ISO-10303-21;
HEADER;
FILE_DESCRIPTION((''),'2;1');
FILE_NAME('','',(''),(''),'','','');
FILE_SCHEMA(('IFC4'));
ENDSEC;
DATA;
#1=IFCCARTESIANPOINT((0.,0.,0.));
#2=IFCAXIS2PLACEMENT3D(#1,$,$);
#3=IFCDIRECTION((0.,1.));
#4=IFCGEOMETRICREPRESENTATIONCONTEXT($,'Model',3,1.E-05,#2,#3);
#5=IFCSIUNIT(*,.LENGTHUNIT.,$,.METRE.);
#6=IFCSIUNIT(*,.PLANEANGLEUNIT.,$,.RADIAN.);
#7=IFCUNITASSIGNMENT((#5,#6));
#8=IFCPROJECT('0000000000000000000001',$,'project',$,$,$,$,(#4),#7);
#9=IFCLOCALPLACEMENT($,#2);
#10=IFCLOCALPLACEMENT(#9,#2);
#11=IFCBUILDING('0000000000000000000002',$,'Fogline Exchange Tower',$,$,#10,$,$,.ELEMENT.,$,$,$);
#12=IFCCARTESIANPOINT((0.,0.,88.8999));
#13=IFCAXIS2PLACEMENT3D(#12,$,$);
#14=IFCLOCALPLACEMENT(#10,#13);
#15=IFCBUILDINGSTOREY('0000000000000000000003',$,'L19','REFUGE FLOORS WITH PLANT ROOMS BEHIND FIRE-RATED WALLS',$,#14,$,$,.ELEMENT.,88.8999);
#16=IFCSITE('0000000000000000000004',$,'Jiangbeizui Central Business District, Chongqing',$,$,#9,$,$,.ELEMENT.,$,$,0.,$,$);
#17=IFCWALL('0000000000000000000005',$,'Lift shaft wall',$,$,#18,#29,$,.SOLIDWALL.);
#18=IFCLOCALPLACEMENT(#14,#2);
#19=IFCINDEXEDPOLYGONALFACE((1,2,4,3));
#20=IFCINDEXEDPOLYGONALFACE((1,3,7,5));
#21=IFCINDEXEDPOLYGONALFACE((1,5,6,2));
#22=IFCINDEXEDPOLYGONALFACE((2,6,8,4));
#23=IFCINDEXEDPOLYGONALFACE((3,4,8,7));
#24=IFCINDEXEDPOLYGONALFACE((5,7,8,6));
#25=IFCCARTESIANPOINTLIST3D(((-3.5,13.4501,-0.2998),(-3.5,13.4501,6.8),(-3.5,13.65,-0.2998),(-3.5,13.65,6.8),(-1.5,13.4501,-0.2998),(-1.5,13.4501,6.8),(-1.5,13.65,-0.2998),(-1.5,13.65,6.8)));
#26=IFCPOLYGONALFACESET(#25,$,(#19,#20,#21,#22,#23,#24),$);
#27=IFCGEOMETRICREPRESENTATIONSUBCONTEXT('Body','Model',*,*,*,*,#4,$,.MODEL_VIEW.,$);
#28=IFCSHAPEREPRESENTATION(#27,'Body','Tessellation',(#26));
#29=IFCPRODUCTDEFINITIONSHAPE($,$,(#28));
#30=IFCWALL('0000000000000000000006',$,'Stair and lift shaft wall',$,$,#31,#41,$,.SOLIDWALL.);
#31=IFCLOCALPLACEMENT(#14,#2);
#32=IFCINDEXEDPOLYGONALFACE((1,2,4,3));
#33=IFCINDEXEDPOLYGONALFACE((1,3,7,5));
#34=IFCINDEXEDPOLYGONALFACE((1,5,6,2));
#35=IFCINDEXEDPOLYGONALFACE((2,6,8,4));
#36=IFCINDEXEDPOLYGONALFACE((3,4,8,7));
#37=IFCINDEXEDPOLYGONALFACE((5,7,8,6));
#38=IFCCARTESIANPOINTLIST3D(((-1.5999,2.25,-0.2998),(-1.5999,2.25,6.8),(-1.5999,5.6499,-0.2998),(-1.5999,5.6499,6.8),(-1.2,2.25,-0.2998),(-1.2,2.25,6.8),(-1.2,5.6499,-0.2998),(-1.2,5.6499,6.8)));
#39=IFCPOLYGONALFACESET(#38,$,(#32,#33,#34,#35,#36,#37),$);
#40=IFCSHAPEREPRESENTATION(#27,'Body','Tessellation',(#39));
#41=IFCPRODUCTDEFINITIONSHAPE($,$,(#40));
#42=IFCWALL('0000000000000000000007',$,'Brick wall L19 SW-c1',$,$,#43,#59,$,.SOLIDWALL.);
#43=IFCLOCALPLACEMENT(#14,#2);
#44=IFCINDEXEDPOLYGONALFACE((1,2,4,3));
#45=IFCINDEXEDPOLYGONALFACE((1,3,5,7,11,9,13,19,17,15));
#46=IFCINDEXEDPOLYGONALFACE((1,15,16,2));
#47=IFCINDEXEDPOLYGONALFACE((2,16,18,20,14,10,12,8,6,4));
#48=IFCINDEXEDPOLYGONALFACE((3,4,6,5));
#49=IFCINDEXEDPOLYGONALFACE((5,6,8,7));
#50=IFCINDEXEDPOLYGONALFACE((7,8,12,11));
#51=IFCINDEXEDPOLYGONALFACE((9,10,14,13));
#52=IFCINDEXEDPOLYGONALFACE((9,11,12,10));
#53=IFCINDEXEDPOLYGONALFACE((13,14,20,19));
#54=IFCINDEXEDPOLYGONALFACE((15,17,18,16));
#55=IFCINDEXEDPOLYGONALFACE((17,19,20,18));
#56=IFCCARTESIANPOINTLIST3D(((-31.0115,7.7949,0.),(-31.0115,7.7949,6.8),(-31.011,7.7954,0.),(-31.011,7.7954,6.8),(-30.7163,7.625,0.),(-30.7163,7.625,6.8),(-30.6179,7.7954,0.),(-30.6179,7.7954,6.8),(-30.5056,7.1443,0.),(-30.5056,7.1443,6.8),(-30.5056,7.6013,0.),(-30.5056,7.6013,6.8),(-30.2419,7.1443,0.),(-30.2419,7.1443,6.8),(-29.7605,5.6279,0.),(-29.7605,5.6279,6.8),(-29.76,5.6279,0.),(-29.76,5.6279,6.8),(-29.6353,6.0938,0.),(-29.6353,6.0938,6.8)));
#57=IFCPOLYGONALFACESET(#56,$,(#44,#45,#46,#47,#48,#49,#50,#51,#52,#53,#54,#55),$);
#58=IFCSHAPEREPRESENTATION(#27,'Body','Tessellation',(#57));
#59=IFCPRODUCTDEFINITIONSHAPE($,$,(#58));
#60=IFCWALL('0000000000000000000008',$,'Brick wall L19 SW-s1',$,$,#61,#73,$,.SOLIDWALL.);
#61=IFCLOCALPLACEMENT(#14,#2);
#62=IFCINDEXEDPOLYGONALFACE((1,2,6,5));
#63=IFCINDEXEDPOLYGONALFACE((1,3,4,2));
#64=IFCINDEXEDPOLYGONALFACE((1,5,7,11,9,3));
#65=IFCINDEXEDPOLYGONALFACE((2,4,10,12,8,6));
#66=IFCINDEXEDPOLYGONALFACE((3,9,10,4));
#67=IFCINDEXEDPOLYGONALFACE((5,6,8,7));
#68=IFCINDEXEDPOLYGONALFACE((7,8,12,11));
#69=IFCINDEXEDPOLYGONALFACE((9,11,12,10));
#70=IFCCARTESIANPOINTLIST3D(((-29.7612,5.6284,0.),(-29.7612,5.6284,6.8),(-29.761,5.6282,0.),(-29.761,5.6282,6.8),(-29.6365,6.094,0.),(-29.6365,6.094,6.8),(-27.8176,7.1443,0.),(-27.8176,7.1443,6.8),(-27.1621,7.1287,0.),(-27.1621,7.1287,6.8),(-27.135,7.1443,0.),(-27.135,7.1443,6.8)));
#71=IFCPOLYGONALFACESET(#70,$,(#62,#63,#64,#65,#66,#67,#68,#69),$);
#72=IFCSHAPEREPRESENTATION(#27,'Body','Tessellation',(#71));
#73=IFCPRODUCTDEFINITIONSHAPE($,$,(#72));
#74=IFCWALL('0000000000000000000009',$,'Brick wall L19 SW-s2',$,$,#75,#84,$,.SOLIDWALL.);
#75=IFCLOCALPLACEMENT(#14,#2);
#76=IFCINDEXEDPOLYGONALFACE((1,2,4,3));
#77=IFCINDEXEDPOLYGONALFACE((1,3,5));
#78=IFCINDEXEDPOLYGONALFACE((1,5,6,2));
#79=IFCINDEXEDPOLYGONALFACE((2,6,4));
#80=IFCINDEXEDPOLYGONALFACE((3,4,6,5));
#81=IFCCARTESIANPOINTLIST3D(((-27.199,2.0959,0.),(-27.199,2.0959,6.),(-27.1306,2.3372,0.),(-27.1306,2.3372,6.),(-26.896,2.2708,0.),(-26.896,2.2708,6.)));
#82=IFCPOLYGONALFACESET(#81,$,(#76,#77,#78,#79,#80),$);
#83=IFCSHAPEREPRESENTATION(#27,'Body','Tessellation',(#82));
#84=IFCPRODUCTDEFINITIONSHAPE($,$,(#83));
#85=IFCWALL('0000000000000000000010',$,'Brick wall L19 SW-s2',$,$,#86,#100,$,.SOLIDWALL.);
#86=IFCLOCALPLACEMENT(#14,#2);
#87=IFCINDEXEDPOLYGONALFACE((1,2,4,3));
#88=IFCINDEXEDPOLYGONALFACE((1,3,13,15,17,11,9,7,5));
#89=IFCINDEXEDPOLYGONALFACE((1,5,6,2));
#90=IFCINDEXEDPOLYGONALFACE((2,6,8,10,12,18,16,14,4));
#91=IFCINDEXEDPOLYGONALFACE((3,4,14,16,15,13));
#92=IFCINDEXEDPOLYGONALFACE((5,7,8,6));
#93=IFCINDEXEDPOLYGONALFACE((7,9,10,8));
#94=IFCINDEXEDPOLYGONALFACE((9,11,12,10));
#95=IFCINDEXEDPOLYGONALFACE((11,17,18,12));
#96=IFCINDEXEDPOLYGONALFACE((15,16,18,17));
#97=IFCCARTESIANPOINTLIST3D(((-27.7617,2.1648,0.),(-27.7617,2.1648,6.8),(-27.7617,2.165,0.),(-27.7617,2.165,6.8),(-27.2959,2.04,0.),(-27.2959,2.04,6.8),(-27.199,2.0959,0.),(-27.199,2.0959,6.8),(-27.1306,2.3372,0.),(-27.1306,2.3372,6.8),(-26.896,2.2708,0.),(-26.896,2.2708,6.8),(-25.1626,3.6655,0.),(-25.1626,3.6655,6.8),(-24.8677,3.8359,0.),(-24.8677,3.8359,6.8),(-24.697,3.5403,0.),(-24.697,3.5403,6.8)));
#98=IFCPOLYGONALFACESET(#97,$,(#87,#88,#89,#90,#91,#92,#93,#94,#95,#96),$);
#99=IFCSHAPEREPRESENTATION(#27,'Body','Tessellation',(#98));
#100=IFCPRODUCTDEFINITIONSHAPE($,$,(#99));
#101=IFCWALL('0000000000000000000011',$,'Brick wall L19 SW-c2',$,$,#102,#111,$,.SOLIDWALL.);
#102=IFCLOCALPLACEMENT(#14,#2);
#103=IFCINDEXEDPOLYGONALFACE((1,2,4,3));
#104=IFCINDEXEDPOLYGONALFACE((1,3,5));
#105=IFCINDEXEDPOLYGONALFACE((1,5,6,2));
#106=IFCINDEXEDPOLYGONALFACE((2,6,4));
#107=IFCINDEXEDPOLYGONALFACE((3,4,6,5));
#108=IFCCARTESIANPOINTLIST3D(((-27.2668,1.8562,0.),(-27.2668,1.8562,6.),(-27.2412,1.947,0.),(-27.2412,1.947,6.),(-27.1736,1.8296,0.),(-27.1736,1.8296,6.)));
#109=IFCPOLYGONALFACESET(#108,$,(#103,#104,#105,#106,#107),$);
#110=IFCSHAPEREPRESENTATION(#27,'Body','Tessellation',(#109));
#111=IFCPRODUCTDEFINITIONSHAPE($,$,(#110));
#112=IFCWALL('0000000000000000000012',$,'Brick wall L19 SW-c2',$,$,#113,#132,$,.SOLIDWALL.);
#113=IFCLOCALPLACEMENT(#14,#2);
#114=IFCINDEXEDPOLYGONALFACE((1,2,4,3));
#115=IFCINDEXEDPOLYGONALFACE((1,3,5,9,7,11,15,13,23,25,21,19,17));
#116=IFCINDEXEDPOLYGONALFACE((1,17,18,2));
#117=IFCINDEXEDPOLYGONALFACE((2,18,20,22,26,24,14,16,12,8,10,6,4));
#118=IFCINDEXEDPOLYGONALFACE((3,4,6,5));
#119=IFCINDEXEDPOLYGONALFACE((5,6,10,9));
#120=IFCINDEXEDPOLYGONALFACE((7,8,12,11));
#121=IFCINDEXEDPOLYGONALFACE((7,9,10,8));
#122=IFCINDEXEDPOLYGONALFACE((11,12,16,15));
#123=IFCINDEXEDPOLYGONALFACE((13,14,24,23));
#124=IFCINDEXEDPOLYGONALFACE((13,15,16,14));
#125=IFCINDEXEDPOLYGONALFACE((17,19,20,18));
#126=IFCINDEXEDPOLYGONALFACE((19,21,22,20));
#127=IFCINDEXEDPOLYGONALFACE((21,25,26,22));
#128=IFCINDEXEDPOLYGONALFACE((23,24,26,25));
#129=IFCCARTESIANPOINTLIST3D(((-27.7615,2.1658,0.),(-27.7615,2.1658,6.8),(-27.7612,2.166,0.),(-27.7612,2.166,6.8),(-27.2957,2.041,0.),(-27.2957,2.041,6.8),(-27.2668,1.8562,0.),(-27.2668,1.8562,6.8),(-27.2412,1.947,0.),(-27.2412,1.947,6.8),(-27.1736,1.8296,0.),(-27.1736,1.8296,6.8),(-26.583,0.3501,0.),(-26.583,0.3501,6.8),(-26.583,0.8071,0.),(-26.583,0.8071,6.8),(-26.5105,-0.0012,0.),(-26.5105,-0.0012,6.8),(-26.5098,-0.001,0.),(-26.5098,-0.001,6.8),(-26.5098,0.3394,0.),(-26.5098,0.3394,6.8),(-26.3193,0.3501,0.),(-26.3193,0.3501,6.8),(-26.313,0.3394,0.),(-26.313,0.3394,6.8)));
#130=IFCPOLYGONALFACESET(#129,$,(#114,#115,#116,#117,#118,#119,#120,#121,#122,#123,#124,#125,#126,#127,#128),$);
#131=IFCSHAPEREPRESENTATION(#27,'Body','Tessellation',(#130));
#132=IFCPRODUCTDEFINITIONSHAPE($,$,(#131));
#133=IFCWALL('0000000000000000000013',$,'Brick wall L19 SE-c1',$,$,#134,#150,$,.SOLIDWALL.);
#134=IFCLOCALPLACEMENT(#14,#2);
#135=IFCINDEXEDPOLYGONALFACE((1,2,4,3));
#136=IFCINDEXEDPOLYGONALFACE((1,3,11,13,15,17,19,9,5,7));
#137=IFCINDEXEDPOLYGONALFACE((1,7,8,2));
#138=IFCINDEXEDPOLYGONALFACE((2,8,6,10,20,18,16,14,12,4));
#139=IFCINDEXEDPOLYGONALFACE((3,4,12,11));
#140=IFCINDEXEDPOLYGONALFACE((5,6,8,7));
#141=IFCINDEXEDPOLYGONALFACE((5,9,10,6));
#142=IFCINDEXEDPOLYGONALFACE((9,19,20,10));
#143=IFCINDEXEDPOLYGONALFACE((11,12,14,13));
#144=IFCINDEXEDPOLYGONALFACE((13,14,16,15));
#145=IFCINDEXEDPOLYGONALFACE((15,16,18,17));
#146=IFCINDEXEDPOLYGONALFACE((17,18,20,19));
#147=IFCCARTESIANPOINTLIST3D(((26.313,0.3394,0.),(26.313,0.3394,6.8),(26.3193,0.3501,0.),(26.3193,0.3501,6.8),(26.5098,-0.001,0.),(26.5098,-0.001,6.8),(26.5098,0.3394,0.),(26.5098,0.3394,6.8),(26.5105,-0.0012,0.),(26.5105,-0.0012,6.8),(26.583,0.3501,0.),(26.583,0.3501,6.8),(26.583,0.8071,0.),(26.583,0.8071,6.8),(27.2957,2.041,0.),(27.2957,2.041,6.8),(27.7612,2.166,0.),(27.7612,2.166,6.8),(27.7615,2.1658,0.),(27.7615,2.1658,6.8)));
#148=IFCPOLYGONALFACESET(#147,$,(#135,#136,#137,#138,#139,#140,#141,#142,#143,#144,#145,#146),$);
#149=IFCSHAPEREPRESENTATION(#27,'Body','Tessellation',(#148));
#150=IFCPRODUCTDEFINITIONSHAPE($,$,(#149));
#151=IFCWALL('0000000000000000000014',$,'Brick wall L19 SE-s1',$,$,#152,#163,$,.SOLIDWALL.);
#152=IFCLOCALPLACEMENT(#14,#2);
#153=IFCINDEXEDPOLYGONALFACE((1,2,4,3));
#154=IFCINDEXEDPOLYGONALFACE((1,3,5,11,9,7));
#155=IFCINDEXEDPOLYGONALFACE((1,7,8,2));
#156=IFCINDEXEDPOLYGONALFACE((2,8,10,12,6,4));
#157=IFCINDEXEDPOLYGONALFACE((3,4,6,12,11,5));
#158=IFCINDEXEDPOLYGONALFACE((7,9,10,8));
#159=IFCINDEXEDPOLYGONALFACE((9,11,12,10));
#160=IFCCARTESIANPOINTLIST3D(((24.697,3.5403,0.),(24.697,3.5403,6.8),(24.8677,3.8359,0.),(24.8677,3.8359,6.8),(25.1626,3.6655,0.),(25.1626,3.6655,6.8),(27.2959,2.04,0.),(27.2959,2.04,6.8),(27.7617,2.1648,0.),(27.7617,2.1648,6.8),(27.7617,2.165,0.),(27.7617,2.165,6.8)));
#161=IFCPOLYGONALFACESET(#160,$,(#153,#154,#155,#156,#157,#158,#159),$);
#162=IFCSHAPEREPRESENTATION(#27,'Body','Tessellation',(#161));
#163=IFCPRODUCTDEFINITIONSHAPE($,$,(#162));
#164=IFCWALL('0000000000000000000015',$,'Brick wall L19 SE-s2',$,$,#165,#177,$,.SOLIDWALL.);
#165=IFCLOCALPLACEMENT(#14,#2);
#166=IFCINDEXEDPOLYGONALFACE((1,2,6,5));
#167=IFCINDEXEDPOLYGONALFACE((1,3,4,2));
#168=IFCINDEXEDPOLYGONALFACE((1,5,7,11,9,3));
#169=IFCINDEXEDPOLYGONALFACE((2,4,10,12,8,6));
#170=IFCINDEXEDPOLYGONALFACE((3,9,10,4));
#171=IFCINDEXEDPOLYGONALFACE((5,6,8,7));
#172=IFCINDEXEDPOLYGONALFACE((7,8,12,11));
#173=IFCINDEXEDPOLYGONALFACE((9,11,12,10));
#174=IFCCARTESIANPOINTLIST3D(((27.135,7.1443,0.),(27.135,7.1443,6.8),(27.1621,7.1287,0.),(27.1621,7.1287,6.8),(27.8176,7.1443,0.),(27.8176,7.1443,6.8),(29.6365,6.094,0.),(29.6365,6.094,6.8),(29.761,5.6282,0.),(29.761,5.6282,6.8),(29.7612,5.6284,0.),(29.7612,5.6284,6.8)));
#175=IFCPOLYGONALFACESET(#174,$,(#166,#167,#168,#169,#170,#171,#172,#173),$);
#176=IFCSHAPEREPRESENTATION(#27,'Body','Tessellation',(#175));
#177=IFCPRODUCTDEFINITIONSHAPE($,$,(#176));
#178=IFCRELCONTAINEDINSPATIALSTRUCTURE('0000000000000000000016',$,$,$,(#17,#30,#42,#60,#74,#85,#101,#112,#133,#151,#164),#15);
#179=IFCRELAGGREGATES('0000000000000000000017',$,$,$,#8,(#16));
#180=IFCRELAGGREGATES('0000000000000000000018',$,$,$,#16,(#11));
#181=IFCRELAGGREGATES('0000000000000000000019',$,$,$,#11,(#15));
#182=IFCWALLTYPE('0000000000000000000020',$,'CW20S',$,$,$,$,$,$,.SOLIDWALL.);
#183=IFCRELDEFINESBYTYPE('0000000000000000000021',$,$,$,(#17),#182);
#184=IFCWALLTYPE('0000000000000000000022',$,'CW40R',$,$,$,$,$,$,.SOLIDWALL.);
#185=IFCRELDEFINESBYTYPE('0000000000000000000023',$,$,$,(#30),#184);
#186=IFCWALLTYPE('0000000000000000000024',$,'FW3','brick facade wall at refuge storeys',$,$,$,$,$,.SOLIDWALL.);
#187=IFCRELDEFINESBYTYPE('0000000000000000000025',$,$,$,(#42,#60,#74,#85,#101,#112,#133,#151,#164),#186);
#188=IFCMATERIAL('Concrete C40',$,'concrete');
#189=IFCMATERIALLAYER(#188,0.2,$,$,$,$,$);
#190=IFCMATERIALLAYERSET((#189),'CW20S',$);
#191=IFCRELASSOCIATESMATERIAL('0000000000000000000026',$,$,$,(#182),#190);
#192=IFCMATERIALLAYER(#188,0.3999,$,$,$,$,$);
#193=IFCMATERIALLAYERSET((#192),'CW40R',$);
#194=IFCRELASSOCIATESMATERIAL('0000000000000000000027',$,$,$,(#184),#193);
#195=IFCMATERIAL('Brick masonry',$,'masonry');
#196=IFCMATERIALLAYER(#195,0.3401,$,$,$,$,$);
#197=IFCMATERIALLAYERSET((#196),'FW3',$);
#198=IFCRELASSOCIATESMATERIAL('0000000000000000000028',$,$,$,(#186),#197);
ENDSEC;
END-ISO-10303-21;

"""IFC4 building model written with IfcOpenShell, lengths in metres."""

from ifc_helpers import new_model, si_unit, direction, frame, frame_2d, origin, place, context, subcontext, project, spatial, polyline, rectangle, outline, extrude, material, layer, layer_set, type_object, element, save


model = new_model("IFC4")

# Units and contexts
model_context = context("Model", 3, precision=1e-05, world=origin(), true_north=direction((0.0, 1.0)))
body_context = subcontext(model_context, "Body", "Model", "MODEL_VIEW")
ifc_project = project(units=[si_unit("LENGTHUNIT", "METRE"), si_unit("PLANEANGLEUNIT", "RADIAN")], contexts=[model_context])

# Site, building, storey
site_placement = place(None, origin())
site = spatial("IfcSite", under=ifc_project, at=site_placement, Name="Jiangbeizui Central Business District, Chongqing", CompositionType="ELEMENT", RefElevation=0.0)
building_placement = place(site_placement, origin())
building = spatial("IfcBuilding", under=site, at=building_placement, Name="Fogline Exchange Tower", CompositionType="ELEMENT")
storey_placement = place(building_placement, frame((0.0, 0.0, 88.8999)))
storey = spatial("IfcBuildingStorey", under=building, at=storey_placement, Name="L19", Description="REFUGE FLOORS WITH PLANT ROOMS BEHIND FIRE-RATED WALLS", CompositionType="ELEMENT", Elevation=88.8999)

# Shared definitions
ifc_material_1 = material(Name="Concrete C40", Category="concrete")

# Shared definitions
ifc_layer_1 = layer(ifc_material_1, 0.2)
ifc_layer_set_1 = layer_set([ifc_layer_1], Name="CW20S")
wall_type_1 = type_object("IfcWallType", Name="CW20S", PredefinedType="SOLIDWALL", material=ifc_layer_set_1)

# Walls
for number, where, z_axis, x_axis, name in (
    (1, (-3.5, 13.55, -0.2998), (0.0, 0.0, 1.0), (1.0, 0.0, 0.0), "Lift shaft wall"),
):
    element("IfcWall", number, at=place(storey_placement, frame(where, z_axis=z_axis, x_axis=x_axis)), inside=storey, type_object=wall_type_1, Name=name, PredefinedType="SOLIDWALL", context=body_context, shape_type="SweptSolid", body=[
        extrude(rectangle(XDim=2.0, YDim=0.2, at=frame_2d((1.0, 0.0))), origin(), (0.0, 0.0, 1.0), 7.0999),
    ])
ifc_layer_2 = layer(ifc_material_1, 0.3999)
ifc_layer_set_2 = layer_set([ifc_layer_2], Name="CW40R")
wall_type_2 = type_object("IfcWallType", Name="CW40R", PredefinedType="SOLIDWALL", material=ifc_layer_set_2)
wall_1_placement = place(storey_placement, frame((-1.3999, 2.25, -0.2998), z_axis=(0.0, 0.0, 1.0), x_axis=(0.0, 1.0, 0.0)))
element("IfcWall", 2, at=wall_1_placement, inside=storey, type_object=wall_type_2, Name="Stair and lift shaft wall", PredefinedType="SOLIDWALL", context=body_context, shape_type="SweptSolid", body=[
    extrude(rectangle(XDim=3.3999, YDim=0.3999, at=frame_2d((1.7, 0.0))), origin(), (0.0, 0.0, 1.0), 7.0999),
])
ifc_material_2 = material(Name="Brick masonry", Category="masonry")
ifc_layer_3 = layer(ifc_material_2, 0.3401)
ifc_layer_set_3 = layer_set([ifc_layer_3], Name="FW3")
wall_type_3 = type_object("IfcWallType", Name="FW3", Description="brick facade wall at refuge storeys", PredefinedType="SOLIDWALL", material=ifc_layer_set_3)
wall_2_placement = place(storey_placement, origin())
element("IfcWall", 3, at=wall_2_placement, inside=storey, type_object=wall_type_3, Name="Brick wall L19 SW-c1", PredefinedType="SOLIDWALL", context=body_context, shape_type="SweptSolid", body=[
    extrude(outline(polyline([(-29.7605, 5.6279), (-31.0115, 7.7949), (-31.011, 7.7954), (-30.7163, 7.625), (-30.6179, 7.7954), (-30.5056, 7.6013), (-30.5056, 7.1443), (-30.2419, 7.1443), (-29.6353, 6.0938), (-29.76, 5.6279), (-29.7605, 5.6279)])), origin(), (0.0, 0.0, 1.0), 6.8),
])
wall_3_placement = place(storey_placement, origin())
element("IfcWall", 4, at=wall_3_placement, inside=storey, type_object=wall_type_3, Name="Brick wall L19 SW-s1", PredefinedType="SOLIDWALL", context=body_context, shape_type="SweptSolid", body=[
    extrude(outline(polyline([(-27.8176, 7.1443), (-27.135, 7.1443), (-27.1621, 7.1287), (-29.761, 5.6282), (-29.7612, 5.6284), (-29.6365, 6.094), (-27.8176, 7.1443)])), origin(), (0.0, 0.0, 1.0), 6.8),
])
wall_4_placement = place(storey_placement, origin())
element("IfcWall", 5, at=wall_4_placement, inside=storey, type_object=wall_type_3, Name="Brick wall L19 SW-s2", PredefinedType="SOLIDWALL", context=body_context, shape_type="SweptSolid", body=[
    extrude(outline(polyline([(-27.199, 2.0959), (-27.1306, 2.3372), (-26.896, 2.2708), (-27.199, 2.0959)])), origin(), (0.0, 0.0, 1.0), 6.0),
])
wall_5_placement = place(storey_placement, origin())
element("IfcWall", 6, at=wall_5_placement, inside=storey, type_object=wall_type_3, Name="Brick wall L19 SW-s2", PredefinedType="SOLIDWALL", context=body_context, shape_type="SweptSolid", body=[
    extrude(outline(polyline([(-25.1626, 3.6655), (-24.8677, 3.8359), (-24.697, 3.5403), (-26.896, 2.2708), (-27.1306, 2.3372), (-27.199, 2.0959), (-27.2959, 2.04), (-27.7617, 2.1648), (-27.7617, 2.165), (-25.1626, 3.6655)])), origin(), (0.0, 0.0, 1.0), 6.8),
])
wall_6_placement = place(storey_placement, origin())
element("IfcWall", 7, at=wall_6_placement, inside=storey, type_object=wall_type_3, Name="Brick wall L19 SW-c2", PredefinedType="SOLIDWALL", context=body_context, shape_type="SweptSolid", body=[
    extrude(outline(polyline([(-27.1736, 1.8296), (-27.2668, 1.8562), (-27.2412, 1.947), (-27.1736, 1.8296)])), origin(), (0.0, 0.0, 1.0), 6.0),
])
wall_7_placement = place(storey_placement, origin())
element("IfcWall", 8, at=wall_7_placement, inside=storey, type_object=wall_type_3, Name="Brick wall L19 SW-c2", PredefinedType="SOLIDWALL", context=body_context, shape_type="SweptSolid", body=[
    extrude(outline(polyline([(-26.583, 0.3501), (-26.3193, 0.3501), (-26.313, 0.3394), (-26.5098, 0.3394), (-26.5098, -0.001), (-26.5105, -0.0012), (-27.7615, 2.1658), (-27.7612, 2.166), (-27.2957, 2.041), (-27.2412, 1.947), (-27.2668, 1.8562), (-27.1736, 1.8296), (-26.583, 0.8071), (-26.583, 0.3501)])), origin(), (0.0, 0.0, 1.0), 6.8),
])
wall_8_placement = place(storey_placement, origin())
element("IfcWall", 9, at=wall_8_placement, inside=storey, type_object=wall_type_3, Name="Brick wall L19 SE-c1", PredefinedType="SOLIDWALL", context=body_context, shape_type="SweptSolid", body=[
    extrude(outline(polyline([(27.7615, 2.1658), (26.5105, -0.0012), (26.5098, -0.001), (26.5098, 0.3394), (26.313, 0.3394), (26.3193, 0.3501), (26.583, 0.3501), (26.583, 0.8071), (27.2957, 2.041), (27.7612, 2.166), (27.7615, 2.1658)])), origin(), (0.0, 0.0, 1.0), 6.8),
])
wall_9_placement = place(storey_placement, origin())
element("IfcWall", 10, at=wall_9_placement, inside=storey, type_object=wall_type_3, Name="Brick wall L19 SE-s1", PredefinedType="SOLIDWALL", context=body_context, shape_type="SweptSolid", body=[
    extrude(outline(polyline([(24.697, 3.5403), (24.8677, 3.8359), (25.1626, 3.6655), (27.7617, 2.165), (27.7617, 2.1648), (27.2959, 2.04), (24.697, 3.5403)])), origin(), (0.0, 0.0, 1.0), 6.8),
])
wall_10_placement = place(storey_placement, origin())
element("IfcWall", 11, at=wall_10_placement, inside=storey, type_object=wall_type_3, Name="Brick wall L19 SE-s2", PredefinedType="SOLIDWALL", context=body_context, shape_type="SweptSolid", body=[
    extrude(outline(polyline([(29.761, 5.6282), (27.1621, 7.1287), (27.135, 7.1443), (27.8176, 7.1443), (29.6365, 6.094), (29.7612, 5.6284), (29.761, 5.6282)])), origin(), (0.0, 0.0, 1.0), 6.8),
])

save(model, "model.ifc")
